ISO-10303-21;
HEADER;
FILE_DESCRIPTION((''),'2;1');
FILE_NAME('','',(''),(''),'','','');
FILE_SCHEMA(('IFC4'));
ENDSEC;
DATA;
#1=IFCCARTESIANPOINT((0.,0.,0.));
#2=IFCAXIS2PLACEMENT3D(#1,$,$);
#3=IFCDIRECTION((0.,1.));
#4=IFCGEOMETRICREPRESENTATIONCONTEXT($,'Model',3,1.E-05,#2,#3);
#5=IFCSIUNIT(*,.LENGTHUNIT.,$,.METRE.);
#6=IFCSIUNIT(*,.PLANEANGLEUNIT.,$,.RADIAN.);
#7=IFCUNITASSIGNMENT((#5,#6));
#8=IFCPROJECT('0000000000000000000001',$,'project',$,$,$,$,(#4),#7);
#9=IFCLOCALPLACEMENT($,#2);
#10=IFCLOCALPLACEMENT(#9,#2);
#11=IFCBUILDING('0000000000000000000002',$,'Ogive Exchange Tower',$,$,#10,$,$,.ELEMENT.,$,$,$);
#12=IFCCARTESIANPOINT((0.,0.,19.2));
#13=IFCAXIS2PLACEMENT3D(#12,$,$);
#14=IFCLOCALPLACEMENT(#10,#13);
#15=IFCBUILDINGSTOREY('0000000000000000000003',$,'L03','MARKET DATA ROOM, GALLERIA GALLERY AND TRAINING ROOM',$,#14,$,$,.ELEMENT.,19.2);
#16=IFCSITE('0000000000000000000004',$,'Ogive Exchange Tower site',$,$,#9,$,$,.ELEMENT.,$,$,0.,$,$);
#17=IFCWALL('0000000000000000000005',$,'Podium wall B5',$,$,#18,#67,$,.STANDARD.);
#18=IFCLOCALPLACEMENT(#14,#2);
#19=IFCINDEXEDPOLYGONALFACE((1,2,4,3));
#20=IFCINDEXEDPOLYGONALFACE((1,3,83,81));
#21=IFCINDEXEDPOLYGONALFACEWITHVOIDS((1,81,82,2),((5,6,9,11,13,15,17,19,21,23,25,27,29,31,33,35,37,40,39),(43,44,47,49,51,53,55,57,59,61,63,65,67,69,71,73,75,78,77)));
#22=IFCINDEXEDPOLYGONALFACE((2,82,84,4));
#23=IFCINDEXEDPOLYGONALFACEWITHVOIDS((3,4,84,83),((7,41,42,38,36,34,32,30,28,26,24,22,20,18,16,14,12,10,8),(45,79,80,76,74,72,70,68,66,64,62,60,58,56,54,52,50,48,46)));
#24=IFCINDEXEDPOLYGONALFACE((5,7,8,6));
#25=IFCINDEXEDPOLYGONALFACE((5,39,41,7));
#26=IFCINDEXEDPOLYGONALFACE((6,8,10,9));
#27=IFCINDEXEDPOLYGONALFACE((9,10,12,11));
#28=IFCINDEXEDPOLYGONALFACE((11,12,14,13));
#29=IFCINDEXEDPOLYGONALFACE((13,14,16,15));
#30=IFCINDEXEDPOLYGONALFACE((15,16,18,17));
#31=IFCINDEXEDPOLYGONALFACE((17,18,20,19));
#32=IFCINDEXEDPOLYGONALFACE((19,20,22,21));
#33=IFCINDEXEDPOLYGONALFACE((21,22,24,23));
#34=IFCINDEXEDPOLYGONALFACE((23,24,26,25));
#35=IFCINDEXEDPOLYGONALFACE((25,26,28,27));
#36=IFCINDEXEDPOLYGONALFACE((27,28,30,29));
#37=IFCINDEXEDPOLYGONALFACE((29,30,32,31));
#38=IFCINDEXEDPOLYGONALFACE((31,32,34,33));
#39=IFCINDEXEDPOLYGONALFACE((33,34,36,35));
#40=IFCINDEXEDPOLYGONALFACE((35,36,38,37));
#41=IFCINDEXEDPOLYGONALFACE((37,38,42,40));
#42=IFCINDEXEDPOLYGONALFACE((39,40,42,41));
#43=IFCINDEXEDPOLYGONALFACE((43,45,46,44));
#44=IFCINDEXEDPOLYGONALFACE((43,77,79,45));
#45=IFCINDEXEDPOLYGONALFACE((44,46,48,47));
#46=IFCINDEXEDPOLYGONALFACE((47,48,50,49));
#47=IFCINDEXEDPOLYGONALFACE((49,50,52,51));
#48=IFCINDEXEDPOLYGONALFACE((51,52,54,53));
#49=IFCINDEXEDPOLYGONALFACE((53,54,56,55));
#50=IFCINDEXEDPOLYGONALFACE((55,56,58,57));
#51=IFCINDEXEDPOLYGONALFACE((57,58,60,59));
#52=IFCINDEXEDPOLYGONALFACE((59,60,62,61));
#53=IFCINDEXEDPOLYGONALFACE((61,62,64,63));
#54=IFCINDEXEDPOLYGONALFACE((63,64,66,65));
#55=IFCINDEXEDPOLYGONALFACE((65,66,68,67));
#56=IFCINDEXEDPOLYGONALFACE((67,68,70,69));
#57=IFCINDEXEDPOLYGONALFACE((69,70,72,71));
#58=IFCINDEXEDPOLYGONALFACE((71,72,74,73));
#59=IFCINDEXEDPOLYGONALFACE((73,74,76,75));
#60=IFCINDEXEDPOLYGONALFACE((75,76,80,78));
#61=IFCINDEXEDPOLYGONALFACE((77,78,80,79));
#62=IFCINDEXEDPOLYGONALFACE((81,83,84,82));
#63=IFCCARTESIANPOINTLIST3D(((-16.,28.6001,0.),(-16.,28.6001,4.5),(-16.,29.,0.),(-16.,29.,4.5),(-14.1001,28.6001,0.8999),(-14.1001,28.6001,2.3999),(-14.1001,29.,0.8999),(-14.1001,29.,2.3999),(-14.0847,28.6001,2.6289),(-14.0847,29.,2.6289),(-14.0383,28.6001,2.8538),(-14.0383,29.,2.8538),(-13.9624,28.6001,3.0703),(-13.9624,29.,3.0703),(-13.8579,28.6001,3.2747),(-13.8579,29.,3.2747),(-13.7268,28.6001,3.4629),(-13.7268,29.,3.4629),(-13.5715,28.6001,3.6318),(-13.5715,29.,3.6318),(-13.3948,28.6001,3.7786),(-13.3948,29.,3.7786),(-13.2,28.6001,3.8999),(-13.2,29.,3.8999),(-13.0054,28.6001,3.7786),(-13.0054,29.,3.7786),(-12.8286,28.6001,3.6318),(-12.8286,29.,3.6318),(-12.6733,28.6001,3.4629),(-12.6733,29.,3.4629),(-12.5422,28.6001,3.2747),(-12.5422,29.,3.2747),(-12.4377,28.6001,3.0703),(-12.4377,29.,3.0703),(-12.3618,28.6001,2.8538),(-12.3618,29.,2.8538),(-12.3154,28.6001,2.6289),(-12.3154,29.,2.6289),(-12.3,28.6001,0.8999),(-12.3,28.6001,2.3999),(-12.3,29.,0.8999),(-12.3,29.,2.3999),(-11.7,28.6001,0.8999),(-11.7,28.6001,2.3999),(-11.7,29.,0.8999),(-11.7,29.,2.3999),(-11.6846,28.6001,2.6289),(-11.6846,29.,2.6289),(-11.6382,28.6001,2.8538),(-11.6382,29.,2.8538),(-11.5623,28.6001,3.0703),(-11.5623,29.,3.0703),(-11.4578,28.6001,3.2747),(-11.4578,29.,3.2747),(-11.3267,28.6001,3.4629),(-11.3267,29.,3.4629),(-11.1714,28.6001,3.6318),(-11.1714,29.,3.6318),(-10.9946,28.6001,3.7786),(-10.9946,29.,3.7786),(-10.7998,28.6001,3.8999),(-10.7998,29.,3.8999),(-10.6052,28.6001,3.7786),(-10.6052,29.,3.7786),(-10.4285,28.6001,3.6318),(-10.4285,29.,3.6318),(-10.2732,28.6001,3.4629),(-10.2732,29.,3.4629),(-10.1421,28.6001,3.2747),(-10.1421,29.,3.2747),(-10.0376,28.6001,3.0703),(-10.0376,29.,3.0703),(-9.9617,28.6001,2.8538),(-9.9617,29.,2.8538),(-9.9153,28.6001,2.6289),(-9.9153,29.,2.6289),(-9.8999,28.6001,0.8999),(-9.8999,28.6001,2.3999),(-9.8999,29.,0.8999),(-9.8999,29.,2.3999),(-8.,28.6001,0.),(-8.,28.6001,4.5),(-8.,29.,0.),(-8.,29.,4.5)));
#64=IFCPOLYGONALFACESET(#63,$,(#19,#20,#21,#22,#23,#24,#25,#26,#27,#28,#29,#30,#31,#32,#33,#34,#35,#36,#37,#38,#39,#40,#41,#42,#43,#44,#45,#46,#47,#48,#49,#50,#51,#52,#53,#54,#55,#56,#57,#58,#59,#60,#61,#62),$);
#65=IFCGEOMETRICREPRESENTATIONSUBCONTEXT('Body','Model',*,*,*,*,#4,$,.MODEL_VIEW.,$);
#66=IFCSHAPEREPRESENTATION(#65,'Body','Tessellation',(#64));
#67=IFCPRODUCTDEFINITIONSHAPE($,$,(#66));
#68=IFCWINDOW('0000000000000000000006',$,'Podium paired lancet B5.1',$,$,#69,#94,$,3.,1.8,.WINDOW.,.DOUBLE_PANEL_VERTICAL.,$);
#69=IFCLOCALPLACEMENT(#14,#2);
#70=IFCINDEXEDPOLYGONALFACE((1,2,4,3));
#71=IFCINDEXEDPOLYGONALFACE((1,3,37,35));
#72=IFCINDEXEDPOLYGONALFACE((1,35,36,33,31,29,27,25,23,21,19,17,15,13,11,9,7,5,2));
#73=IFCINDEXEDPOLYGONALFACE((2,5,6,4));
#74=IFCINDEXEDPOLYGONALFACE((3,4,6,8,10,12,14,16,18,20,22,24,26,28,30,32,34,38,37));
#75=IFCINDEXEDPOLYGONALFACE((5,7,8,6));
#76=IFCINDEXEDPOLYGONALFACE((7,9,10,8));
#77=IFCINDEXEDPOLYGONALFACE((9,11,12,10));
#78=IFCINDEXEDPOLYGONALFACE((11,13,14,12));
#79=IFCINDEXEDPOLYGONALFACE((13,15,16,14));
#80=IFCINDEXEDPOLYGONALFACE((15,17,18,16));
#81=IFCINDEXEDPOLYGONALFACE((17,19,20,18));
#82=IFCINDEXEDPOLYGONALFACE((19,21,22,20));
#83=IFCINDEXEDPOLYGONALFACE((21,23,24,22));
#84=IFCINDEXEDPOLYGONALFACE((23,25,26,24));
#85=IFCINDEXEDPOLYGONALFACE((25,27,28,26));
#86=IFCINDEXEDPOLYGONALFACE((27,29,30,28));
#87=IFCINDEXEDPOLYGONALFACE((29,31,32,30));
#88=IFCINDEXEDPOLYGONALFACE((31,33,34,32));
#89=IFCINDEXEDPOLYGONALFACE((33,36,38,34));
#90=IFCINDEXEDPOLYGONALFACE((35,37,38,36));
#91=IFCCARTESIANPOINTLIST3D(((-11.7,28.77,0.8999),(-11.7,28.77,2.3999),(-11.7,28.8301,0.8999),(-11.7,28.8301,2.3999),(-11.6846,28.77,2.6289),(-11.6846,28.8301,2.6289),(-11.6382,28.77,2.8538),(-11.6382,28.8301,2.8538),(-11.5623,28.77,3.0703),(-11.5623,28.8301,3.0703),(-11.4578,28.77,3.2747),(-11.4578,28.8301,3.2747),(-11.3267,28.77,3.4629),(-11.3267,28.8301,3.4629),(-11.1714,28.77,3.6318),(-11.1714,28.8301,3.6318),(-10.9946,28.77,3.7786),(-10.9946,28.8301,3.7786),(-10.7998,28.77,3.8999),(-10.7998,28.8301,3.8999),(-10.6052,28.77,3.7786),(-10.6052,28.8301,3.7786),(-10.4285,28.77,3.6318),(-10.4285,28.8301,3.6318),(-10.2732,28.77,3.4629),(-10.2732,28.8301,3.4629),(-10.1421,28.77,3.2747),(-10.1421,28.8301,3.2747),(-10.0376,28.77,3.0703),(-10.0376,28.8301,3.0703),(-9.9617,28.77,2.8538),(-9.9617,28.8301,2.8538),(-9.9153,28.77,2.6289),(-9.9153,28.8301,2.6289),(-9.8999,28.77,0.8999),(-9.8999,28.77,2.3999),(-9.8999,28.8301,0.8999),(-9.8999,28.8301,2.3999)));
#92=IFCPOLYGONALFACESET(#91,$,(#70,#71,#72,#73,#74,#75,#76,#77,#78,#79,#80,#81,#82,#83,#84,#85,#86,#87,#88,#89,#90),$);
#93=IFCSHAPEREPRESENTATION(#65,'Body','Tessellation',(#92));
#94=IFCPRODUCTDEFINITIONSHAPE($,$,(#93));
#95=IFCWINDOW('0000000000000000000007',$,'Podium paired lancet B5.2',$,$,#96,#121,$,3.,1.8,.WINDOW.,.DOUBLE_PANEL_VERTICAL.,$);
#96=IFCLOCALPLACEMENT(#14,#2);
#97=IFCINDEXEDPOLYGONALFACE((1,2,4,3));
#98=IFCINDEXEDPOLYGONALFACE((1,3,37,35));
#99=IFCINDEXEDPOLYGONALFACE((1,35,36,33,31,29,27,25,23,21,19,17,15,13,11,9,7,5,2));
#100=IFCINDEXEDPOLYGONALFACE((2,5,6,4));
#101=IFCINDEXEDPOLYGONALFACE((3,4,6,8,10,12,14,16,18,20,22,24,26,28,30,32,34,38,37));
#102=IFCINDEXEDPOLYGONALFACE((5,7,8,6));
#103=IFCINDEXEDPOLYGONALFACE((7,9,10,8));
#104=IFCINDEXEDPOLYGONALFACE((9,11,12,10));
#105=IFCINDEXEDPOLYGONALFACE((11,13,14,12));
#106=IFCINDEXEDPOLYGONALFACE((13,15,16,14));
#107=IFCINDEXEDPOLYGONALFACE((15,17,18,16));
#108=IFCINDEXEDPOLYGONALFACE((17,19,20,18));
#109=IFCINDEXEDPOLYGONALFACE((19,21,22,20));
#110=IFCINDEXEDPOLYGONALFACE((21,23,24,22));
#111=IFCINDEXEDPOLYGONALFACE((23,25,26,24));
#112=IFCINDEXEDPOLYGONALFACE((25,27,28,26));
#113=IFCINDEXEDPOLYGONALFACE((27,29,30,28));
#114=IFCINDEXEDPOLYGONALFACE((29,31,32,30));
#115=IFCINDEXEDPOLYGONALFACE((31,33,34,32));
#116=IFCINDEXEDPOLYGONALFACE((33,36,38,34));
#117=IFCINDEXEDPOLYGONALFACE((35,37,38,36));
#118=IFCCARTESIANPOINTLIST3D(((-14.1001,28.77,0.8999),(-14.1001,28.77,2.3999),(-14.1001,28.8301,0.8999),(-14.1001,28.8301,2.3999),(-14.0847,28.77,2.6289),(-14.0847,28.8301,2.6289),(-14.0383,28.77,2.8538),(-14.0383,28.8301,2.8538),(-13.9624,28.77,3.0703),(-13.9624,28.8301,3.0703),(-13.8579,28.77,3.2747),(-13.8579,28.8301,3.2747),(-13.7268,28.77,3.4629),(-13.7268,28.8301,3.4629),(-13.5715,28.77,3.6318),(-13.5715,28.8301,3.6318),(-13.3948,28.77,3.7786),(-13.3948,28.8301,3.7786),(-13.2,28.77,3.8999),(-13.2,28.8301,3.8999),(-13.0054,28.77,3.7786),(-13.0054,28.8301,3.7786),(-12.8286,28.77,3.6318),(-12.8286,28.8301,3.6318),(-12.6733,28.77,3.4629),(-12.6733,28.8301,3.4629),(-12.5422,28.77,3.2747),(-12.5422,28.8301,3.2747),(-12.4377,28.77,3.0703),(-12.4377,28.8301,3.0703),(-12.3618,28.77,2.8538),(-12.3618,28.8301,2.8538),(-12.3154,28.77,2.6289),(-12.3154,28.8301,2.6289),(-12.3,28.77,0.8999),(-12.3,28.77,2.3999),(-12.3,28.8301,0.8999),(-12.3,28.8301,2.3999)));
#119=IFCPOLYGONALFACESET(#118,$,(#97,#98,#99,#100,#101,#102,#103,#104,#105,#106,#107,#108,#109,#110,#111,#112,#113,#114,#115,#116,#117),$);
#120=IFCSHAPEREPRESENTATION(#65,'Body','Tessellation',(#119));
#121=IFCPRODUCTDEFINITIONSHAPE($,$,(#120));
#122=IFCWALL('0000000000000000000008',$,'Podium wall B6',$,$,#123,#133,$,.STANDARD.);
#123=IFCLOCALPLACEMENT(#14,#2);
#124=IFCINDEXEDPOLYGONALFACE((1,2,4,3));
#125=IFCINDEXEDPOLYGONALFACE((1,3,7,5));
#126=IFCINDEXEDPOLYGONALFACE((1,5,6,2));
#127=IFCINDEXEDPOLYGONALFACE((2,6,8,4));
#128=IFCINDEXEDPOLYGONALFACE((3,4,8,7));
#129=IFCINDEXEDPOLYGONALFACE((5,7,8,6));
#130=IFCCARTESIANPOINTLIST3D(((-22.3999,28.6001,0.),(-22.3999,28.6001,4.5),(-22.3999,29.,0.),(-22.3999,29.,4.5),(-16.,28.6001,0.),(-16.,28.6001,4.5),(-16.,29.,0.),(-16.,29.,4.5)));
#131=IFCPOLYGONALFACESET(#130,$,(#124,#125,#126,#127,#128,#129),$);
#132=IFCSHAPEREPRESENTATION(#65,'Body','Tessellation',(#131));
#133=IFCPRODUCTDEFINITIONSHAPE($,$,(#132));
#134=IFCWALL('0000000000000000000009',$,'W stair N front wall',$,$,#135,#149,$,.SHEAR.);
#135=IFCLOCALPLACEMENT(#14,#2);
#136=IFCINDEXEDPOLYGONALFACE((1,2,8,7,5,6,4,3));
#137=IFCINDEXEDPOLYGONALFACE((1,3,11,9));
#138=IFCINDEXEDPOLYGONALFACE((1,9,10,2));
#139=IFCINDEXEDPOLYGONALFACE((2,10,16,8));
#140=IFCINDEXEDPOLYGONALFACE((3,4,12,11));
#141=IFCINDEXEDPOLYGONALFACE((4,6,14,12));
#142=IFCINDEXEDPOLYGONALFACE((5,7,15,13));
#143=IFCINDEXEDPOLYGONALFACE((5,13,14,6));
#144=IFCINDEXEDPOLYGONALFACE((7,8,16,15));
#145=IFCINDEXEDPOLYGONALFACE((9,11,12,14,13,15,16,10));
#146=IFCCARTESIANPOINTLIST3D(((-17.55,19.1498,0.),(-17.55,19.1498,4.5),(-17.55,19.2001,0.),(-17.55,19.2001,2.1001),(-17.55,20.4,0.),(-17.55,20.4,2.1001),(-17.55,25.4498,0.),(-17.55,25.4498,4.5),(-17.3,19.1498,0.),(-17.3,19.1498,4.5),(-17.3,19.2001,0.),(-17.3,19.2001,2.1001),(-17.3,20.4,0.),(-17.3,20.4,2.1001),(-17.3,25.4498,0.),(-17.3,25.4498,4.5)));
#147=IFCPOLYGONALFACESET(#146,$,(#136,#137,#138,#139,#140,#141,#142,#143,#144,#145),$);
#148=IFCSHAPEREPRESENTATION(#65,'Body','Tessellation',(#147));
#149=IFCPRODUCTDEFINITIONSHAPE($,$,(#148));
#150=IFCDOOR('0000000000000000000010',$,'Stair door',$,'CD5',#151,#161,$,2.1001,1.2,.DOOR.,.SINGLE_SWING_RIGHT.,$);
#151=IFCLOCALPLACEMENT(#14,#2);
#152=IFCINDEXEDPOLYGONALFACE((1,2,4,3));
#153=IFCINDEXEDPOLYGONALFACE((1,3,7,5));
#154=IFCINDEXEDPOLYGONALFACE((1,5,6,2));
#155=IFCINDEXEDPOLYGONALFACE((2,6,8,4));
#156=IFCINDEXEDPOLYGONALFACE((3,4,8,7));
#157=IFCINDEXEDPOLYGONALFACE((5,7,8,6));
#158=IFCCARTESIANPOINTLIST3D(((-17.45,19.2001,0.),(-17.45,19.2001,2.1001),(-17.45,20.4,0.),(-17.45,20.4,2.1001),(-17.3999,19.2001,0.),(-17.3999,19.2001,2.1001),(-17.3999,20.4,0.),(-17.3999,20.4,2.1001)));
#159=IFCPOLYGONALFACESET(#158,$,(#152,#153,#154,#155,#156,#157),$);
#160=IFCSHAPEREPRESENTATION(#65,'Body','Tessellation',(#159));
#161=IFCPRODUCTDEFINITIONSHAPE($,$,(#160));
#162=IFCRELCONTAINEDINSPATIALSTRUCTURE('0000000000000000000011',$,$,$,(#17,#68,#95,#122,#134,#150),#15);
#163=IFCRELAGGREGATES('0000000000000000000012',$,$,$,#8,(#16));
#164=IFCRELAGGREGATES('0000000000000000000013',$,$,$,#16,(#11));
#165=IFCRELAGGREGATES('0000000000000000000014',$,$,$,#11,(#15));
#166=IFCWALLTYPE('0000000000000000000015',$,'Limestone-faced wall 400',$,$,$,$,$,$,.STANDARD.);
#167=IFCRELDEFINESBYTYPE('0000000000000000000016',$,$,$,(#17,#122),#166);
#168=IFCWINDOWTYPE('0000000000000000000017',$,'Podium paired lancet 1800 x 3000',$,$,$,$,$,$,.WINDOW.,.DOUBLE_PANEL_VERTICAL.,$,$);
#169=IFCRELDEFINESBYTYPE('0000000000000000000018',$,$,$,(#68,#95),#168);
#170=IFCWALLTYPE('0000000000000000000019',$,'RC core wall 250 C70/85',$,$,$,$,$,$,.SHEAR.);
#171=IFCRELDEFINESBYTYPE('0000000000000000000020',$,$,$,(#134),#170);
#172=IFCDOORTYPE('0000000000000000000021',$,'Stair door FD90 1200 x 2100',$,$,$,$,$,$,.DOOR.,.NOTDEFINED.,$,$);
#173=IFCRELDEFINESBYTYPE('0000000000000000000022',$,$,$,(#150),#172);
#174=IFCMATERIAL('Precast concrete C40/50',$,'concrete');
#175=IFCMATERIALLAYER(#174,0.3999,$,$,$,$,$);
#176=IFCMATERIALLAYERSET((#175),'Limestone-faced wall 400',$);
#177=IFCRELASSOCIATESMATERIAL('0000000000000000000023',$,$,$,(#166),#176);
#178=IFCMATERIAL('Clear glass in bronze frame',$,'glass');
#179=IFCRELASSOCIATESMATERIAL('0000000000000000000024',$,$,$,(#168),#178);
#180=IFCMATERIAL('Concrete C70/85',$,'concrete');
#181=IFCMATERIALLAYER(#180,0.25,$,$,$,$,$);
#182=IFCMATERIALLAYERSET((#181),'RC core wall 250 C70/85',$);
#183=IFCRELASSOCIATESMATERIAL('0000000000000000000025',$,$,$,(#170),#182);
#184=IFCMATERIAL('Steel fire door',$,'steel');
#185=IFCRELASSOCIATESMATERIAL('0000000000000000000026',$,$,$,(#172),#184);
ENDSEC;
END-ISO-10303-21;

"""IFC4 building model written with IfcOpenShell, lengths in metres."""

from ifc_helpers import new_model, si_unit, direction, frame, frame_2d, origin, place, context, subcontext, project, spatial, polyline, rectangle, outline, extrude, material, layer, layer_set, type_object, element, fill, save


model = new_model("IFC4")

# Units and contexts
model_context = context("Model", 3, precision=1e-05, world=origin(), true_north=direction((0.0, 1.0)))
body_context = subcontext(model_context, "Body", "Model", "MODEL_VIEW")
ifc_project = project(units=[si_unit("LENGTHUNIT", "METRE"), si_unit("PLANEANGLEUNIT", "RADIAN")], contexts=[model_context])

# Site, building, storey
site_placement = place(None, origin())
site = spatial("IfcSite", under=ifc_project, at=site_placement, Name="Ogive Exchange Tower site", CompositionType="ELEMENT", RefElevation=0.0)
building_placement = place(site_placement, origin())
building = spatial("IfcBuilding", under=site, at=building_placement, Name="Ogive Exchange Tower", CompositionType="ELEMENT")
storey_placement = place(building_placement, frame((0.0, 0.0, 19.2)))
storey = spatial("IfcBuildingStorey", under=building, at=storey_placement, Name="L03", Description="MARKET DATA ROOM, GALLERIA GALLERY AND TRAINING ROOM", CompositionType="ELEMENT", Elevation=19.2)

# Shared definitions
ifc_material_1 = material(Name="Concrete C70/85", Category="concrete")

# Wall, openings, windows
ifc_material_2 = material(Name="Precast concrete C40/50", Category="concrete")
ifc_layer_1 = layer(ifc_material_2, 0.3999)
ifc_layer_set_1 = layer_set([ifc_layer_1], Name="Limestone-faced wall 400")
wall_type_1 = type_object("IfcWallType", Name="Limestone-faced wall 400", PredefinedType="STANDARD", material=ifc_layer_set_1)
ifc_material_3 = material(Name="Clear glass in bronze frame", Category="glass")
window_type = type_object("IfcWindowType", Name="Podium paired lancet 1800 x 3000", PartitioningType="DOUBLE_PANEL_VERTICAL", PredefinedType="WINDOW", material=ifc_material_3)
wall_1_placement = place(storey_placement, frame((-8.0, 28.8, 0.0), z_axis=(0.0, 0.0, 1.0), x_axis=(-1.0, 0.0, 0.0)))
wall_1 = element("IfcWall", 1, at=wall_1_placement, inside=storey, type_object=wall_type_1, Name="Podium wall B5", PredefinedType="STANDARD", context=body_context, shape_type="SweptSolid", body=[
    extrude(rectangle(XDim=8.0, YDim=0.3999, at=frame_2d((4.0, 0.0))), origin(), (0.0, 0.0, 1.0), 4.5),
])
opening_1_placement = place(wall_1_placement, frame((1.8999, 0.0, 0.8999)))
opening_1 = element("IfcOpeningElement", 2, at=opening_1_placement, cuts=wall_1, PredefinedType="OPENING", context=body_context, shape_type="SweptSolid", body=[
    extrude(outline(polyline([(0.0, 0.0), (1.8, 0.0), (1.8, 1.5), (1.7847, 1.729), (1.7383, 1.9539), (1.6624, 2.1704), (1.5579, 2.3748), (1.4268, 2.563), (1.2715, 2.7319), (1.0947, 2.8787), (0.8999, 3.0), (0.7053, 2.8787), (0.5286, 2.7319), (0.3733, 2.563), (0.2422, 2.3748), (0.1377, 2.1704), (0.0618, 1.9539), (0.0154, 1.729), (0.0, 1.5), (0.0, 0.0)])), frame((0.0, 0.21, 0.0), z_axis=(0.0, -1.0, 0.0), x_axis=(1.0, 0.0, 0.0)), (0.0, 0.0, 1.0), 0.4199),
])
opening_2_placement = place(wall_1_placement, frame((4.3, 0.0, 0.8999)))
opening_2 = element("IfcOpeningElement", 3, at=opening_2_placement, cuts=wall_1, PredefinedType="OPENING", context=body_context, shape_type="SweptSolid", body=[
    extrude(outline(polyline([(0.0, 0.0), (1.8, 0.0), (1.8, 1.5), (1.7847, 1.729), (1.7383, 1.9539), (1.6624, 2.1704), (1.5579, 2.3748), (1.4268, 2.563), (1.2715, 2.7319), (1.0947, 2.8787), (0.8999, 3.0), (0.7053, 2.8787), (0.5286, 2.7319), (0.3733, 2.563), (0.2422, 2.3748), (0.1377, 2.1704), (0.0618, 1.9539), (0.0154, 1.729), (0.0, 1.5), (0.0, 0.0)])), frame((0.0, 0.21, 0.0), z_axis=(0.0, -1.0, 0.0), x_axis=(1.0, 0.0, 0.0)), (0.0, 0.0, 1.0), 0.4199),
])
window_1_placement = place(opening_1_placement, origin())
window_1 = element("IfcWindow", 4, at=window_1_placement, inside=storey, type_object=window_type, Name="Podium paired lancet B5.1", OverallHeight=3.0, OverallWidth=1.8, PartitioningType="DOUBLE_PANEL_VERTICAL", PredefinedType="WINDOW", context=body_context, shape_type="SweptSolid", body=[
    extrude(outline(polyline([(0.0, 0.0), (1.8, 0.0), (1.8, 1.5), (1.7847, 1.729), (1.7383, 1.9539), (1.6624, 2.1704), (1.5579, 2.3748), (1.4268, 2.563), (1.2715, 2.7319), (1.0947, 2.8787), (0.8999, 3.0), (0.7053, 2.8787), (0.5286, 2.7319), (0.3733, 2.563), (0.2422, 2.3748), (0.1377, 2.1704), (0.0618, 1.9539), (0.0154, 1.729), (0.0, 1.5), (0.0, 0.0)])), frame((0.0, 0.03, 0.0), z_axis=(0.0, -1.0, 0.0), x_axis=(1.0, 0.0, 0.0)), (0.0, 0.0, 1.0), 0.0601),
])
fill(opening_1, window_1)
window_2_placement = place(opening_2_placement, origin())
window_2 = element("IfcWindow", 5, at=window_2_placement, inside=storey, type_object=window_type, Name="Podium paired lancet B5.2", OverallHeight=3.0, OverallWidth=1.8, PartitioningType="DOUBLE_PANEL_VERTICAL", PredefinedType="WINDOW", context=body_context, shape_type="SweptSolid", body=[
    extrude(outline(polyline([(0.0, 0.0), (1.8, 0.0), (1.8, 1.5), (1.7847, 1.729), (1.7383, 1.9539), (1.6624, 2.1704), (1.5579, 2.3748), (1.4268, 2.563), (1.2715, 2.7319), (1.0947, 2.8787), (0.8999, 3.0), (0.7053, 2.8787), (0.5286, 2.7319), (0.3733, 2.563), (0.2422, 2.3748), (0.1377, 2.1704), (0.0618, 1.9539), (0.0154, 1.729), (0.0, 1.5), (0.0, 0.0)])), frame((0.0, 0.03, 0.0), z_axis=(0.0, -1.0, 0.0), x_axis=(1.0, 0.0, 0.0)), (0.0, 0.0, 1.0), 0.0601),
])
fill(opening_2, window_2)

# Wall
wall_2_placement = place(storey_placement, frame((-16.0, 28.8, 0.0), z_axis=(0.0, 0.0, 1.0), x_axis=(-1.0, 0.0, 0.0)))
element("IfcWall", 6, at=wall_2_placement, inside=storey, type_object=wall_type_1, Name="Podium wall B6", PredefinedType="STANDARD", context=body_context, shape_type="SweptSolid", body=[
    extrude(rectangle(XDim=6.3999, YDim=0.3999, at=frame_2d((3.2, 0.0))), origin(), (0.0, 0.0, 1.0), 4.5),
])

# Wall, opening, door
ifc_layer_2 = layer(ifc_material_1, 0.25)
ifc_layer_set_2 = layer_set([ifc_layer_2], Name="RC core wall 250 C70/85")
wall_type_2 = type_object("IfcWallType", Name="RC core wall 250 C70/85", PredefinedType="SHEAR", material=ifc_layer_set_2)
wall_3_placement = place(storey_placement, frame((-17.425, 19.1499, 0.0), z_axis=(0.0, 0.0, 1.0), x_axis=(0.0, 1.0, 0.0)))
wall_3 = element("IfcWall", 7, at=wall_3_placement, inside=storey, type_object=wall_type_2, Name="W stair N front wall", PredefinedType="SHEAR", context=body_context, shape_type="SweptSolid", body=[
    extrude(rectangle(XDim=6.3, YDim=0.25, at=frame_2d((3.1499, 0.0))), origin(), (0.0, 0.0, 1.0), 4.5),
])
opening_3_placement = place(wall_3_placement, frame((0.05, 0.0, 0.0)))
opening_3 = element("IfcOpeningElement", 8, at=opening_3_placement, cuts=wall_3, PredefinedType="OPENING", context=body_context, shape_type="SweptSolid", body=[
    extrude(rectangle(XDim=1.2, YDim=2.1001, at=frame_2d((0.6001, 1.05))), frame((0.0, 0.135, 0.0), z_axis=(0.0, -1.0, 0.0), x_axis=(1.0, 0.0, 0.0)), (0.0, 0.0, 1.0), 0.27),
])
ifc_material_4 = material(Name="Steel fire door", Category="steel")
door_type_1 = type_object("IfcDoorType", Name="Stair door FD90 1200 x 2100", OperationType="NOTDEFINED", PredefinedType="DOOR", material=ifc_material_4)
door_1_placement = place(opening_3_placement, origin())
door_1 = element("IfcDoor", 9, at=door_1_placement, inside=storey, type_object=door_type_1, Name="Stair door", ObjectType="CD5", OperationType="SINGLE_SWING_RIGHT", OverallHeight=2.1001, OverallWidth=1.2, PredefinedType="DOOR", context=body_context, shape_type="SweptSolid", body=[
    extrude(rectangle(XDim=1.2, YDim=2.1001, at=frame_2d((0.6001, 1.05))), frame((0.0, 0.0249, 0.0), z_axis=(0.0, -1.0, 0.0), x_axis=(1.0, 0.0, 0.0)), (0.0, 0.0, 1.0), 0.05),
])
fill(opening_3, door_1)

save(model, "model.ifc")
